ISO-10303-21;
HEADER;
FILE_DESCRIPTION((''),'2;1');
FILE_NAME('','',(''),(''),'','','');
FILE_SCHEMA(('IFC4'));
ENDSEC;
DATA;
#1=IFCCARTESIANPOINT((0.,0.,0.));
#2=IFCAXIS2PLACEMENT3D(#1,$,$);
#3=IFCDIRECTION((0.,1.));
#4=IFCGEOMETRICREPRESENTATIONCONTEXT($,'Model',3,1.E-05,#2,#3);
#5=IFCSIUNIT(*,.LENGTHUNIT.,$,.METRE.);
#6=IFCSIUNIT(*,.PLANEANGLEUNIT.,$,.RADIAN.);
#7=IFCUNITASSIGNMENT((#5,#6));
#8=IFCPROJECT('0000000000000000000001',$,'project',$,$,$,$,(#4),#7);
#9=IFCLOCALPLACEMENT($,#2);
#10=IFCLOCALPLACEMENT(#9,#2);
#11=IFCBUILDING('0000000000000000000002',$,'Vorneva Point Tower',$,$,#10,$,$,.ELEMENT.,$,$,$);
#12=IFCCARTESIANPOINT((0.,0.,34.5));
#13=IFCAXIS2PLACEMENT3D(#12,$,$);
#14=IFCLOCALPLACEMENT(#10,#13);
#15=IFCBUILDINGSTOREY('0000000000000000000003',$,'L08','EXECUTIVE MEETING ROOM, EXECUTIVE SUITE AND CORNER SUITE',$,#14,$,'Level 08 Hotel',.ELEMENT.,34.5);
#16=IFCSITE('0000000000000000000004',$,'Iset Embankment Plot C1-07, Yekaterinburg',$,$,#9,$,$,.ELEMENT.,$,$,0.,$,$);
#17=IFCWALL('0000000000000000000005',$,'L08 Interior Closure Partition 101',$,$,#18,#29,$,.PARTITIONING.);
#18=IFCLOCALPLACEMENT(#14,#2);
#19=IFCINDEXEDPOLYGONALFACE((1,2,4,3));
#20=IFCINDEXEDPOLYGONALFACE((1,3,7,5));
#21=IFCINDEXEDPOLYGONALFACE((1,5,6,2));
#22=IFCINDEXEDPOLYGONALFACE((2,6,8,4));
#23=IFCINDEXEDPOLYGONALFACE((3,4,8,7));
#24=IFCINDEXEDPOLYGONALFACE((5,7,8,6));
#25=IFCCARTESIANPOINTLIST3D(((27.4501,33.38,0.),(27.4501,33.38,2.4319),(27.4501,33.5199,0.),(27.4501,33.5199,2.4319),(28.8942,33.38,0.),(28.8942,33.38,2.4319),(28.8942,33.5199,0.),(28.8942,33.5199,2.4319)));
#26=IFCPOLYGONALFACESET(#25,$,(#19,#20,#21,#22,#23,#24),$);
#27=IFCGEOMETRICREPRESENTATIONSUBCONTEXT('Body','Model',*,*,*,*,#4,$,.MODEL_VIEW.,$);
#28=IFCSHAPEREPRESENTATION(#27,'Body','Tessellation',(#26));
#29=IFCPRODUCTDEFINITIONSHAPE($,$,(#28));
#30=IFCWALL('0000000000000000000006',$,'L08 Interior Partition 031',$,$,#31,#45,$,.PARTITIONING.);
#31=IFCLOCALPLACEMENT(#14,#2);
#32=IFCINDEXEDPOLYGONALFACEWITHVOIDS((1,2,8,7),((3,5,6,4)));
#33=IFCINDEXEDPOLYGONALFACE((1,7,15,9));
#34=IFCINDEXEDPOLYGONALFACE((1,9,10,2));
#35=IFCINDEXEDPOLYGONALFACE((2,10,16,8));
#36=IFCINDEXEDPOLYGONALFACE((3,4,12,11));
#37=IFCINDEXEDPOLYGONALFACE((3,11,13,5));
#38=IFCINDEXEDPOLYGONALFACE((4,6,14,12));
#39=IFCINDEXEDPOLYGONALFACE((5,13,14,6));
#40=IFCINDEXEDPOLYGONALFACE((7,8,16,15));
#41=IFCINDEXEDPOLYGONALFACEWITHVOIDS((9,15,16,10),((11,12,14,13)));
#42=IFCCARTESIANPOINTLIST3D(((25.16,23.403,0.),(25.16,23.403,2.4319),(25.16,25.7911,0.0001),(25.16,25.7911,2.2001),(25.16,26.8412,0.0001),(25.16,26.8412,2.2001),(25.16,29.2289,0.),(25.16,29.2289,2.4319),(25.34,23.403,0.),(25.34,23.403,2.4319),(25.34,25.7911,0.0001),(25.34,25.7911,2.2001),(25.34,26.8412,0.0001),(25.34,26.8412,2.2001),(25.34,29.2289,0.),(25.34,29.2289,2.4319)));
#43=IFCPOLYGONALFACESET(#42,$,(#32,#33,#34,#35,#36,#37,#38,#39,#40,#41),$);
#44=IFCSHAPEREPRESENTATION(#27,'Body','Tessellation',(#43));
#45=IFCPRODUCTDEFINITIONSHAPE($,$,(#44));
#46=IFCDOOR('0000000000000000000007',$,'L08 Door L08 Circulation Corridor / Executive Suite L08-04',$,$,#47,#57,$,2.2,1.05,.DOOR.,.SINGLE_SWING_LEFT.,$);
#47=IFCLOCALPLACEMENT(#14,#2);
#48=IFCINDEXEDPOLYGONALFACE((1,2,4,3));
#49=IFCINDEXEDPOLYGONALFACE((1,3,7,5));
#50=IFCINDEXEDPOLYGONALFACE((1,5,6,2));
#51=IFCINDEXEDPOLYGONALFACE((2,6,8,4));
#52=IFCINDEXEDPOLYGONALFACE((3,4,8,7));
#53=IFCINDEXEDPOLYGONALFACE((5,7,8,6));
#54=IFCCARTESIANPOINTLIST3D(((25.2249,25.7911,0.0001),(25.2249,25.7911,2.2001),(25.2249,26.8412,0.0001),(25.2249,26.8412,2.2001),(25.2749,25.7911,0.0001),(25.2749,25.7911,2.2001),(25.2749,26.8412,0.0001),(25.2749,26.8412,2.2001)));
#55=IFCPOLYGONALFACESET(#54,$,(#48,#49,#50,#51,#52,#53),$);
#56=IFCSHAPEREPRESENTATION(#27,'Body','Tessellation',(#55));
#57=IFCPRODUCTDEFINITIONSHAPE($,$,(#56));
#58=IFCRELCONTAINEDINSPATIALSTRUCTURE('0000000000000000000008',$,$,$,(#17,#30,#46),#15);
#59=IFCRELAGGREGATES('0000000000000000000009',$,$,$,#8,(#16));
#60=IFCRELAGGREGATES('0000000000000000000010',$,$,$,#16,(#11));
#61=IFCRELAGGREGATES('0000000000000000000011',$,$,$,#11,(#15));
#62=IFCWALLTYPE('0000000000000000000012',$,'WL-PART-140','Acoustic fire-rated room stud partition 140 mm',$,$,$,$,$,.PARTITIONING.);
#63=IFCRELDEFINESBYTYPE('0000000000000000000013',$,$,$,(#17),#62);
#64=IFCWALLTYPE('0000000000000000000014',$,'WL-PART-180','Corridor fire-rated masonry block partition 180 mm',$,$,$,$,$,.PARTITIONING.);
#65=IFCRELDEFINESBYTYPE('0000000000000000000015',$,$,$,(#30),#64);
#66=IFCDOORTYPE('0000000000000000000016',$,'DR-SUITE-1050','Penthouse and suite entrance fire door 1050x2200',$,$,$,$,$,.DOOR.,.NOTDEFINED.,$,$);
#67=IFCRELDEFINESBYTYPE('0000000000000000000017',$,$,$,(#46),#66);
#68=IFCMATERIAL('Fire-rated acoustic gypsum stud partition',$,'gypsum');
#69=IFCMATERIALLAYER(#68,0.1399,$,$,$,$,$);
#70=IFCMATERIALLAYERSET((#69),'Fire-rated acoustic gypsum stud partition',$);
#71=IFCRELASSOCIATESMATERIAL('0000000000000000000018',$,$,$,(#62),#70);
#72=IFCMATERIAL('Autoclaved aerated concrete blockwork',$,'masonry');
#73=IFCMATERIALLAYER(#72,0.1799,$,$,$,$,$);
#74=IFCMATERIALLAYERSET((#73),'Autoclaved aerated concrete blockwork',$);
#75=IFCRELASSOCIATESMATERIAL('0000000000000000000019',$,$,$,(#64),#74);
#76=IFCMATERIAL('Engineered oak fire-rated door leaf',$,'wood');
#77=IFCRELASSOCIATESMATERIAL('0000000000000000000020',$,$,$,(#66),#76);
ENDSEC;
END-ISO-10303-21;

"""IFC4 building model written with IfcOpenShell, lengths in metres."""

from ifc_helpers import new_model, si_unit, direction, frame, frame_2d, origin, place, context, subcontext, project, spatial, rectangle, extrude, material, layer, layer_set, type_object, element, fill, save


model = new_model("IFC4")

# Units and contexts
model_context = context("Model", 3, precision=1e-05, world=origin(), true_north=direction((0.0, 1.0)))
body_context = subcontext(model_context, "Body", "Model", "MODEL_VIEW")
ifc_project = project(units=[si_unit("LENGTHUNIT", "METRE"), si_unit("PLANEANGLEUNIT", "RADIAN")], contexts=[model_context])

# Site, building, storey
site_placement = place(None, origin())
site = spatial("IfcSite", under=ifc_project, at=site_placement, Name="Iset Embankment Plot C1-07, Yekaterinburg", CompositionType="ELEMENT", RefElevation=0.0)
building_placement = place(site_placement, origin())
building = spatial("IfcBuilding", under=site, at=building_placement, Name="Vorneva Point Tower", CompositionType="ELEMENT")
storey_placement = place(building_placement, frame((0.0, 0.0, 34.5)))
storey = spatial("IfcBuildingStorey", under=building, at=storey_placement, Name="L08", Description="EXECUTIVE MEETING ROOM, EXECUTIVE SUITE AND CORNER SUITE", LongName="Level 08 Hotel", CompositionType="ELEMENT", Elevation=34.5)

# Shared definitions
ifc_material_1 = material(Name="Fire-rated acoustic gypsum stud partition", Category="gypsum")

# Shared definitions
ifc_material_2 = material(Name="Engineered oak fire-rated door leaf", Category="wood")

# Shared definitions
ifc_layer_1 = layer(ifc_material_1, 0.1399)
ifc_layer_set_1 = layer_set([ifc_layer_1], Name="Fire-rated acoustic gypsum stud partition")
wall_type_1 = type_object("IfcWallType", Name="WL-PART-140", Description="Acoustic fire-rated room stud partition 140 mm", PredefinedType="PARTITIONING", material=ifc_layer_set_1)

# Wall
wall_1_placement = place(storey_placement, frame((27.45, 33.45, 0.0), z_axis=(0.0, 0.0, 1.0), x_axis=(1.0, 0.0, 0.0)))
element("IfcWall", 1, at=wall_1_placement, inside=storey, type_object=wall_type_1, Name="L08 Interior Closure Partition 101", PredefinedType="PARTITIONING", context=body_context, shape_type="SweptSolid", body=[
    extrude(rectangle(XDim=1.4441, YDim=0.1399, at=frame_2d((0.7222, 0.0))), origin(), (0.0, 0.0, 1.0), 2.4319),
])

# Wall, opening, door
ifc_material_3 = material(Name="Autoclaved aerated concrete blockwork", Category="masonry")
ifc_layer_2 = layer(ifc_material_3, 0.1799)
ifc_layer_set_2 = layer_set([ifc_layer_2], Name="Autoclaved aerated concrete blockwork")
wall_type_2 = type_object("IfcWallType", Name="WL-PART-180", Description="Corridor fire-rated masonry block partition 180 mm", PredefinedType="PARTITIONING", material=ifc_layer_set_2)
wall_2_placement = place(storey_placement, frame((25.25, 29.229, 0.0), z_axis=(0.0, 0.0, 1.0), x_axis=(0.0, -1.0, 0.0)))
wall_2 = element("IfcWall", 2, at=wall_2_placement, inside=storey, type_object=wall_type_2, Name="L08 Interior Partition 031", PredefinedType="PARTITIONING", context=body_context, shape_type="SweptSolid", body=[
    extrude(rectangle(XDim=5.8259, YDim=0.1799, at=frame_2d((2.9131, 0.0))), origin(), (0.0, 0.0, 1.0), 2.4319),
])
opening_1_placement = place(wall_2_placement, frame((2.3879, 0.0, 0.0)))
opening_1 = element("IfcOpeningElement", 3, at=opening_1_placement, cuts=wall_2, PredefinedType="OPENING", context=body_context, shape_type="SweptSolid", body=[
    extrude(rectangle(XDim=1.05, YDim=2.2, at=frame_2d((0.5249, 1.1001))), frame((0.0, 0.105, 0.0), z_axis=(0.0, -1.0, 0.0), x_axis=(1.0, 0.0, 0.0)), (0.0, 0.0, 1.0), 0.2097),
])
door_type_1 = type_object("IfcDoorType", Name="DR-SUITE-1050", Description="Penthouse and suite entrance fire door 1050x2200", OperationType="NOTDEFINED", PredefinedType="DOOR", material=ifc_material_2)
door_1_placement = place(opening_1_placement, origin())
door_1 = element("IfcDoor", 4, at=door_1_placement, inside=storey, type_object=door_type_1, Name="L08 Door L08 Circulation Corridor / Executive Suite L08-04", OperationType="SINGLE_SWING_LEFT", OverallHeight=2.2, OverallWidth=1.05, PredefinedType="DOOR", context=body_context, shape_type="SweptSolid", body=[
    extrude(rectangle(XDim=1.05, YDim=2.2, at=frame_2d((0.5249, 1.1001))), frame((0.0, 0.0249, 0.0), z_axis=(0.0, -1.0, 0.0), x_axis=(1.0, 0.0, 0.0)), (0.0, 0.0, 1.0), 0.05),
])
fill(opening_1, door_1)

save(model, "model.ifc")
